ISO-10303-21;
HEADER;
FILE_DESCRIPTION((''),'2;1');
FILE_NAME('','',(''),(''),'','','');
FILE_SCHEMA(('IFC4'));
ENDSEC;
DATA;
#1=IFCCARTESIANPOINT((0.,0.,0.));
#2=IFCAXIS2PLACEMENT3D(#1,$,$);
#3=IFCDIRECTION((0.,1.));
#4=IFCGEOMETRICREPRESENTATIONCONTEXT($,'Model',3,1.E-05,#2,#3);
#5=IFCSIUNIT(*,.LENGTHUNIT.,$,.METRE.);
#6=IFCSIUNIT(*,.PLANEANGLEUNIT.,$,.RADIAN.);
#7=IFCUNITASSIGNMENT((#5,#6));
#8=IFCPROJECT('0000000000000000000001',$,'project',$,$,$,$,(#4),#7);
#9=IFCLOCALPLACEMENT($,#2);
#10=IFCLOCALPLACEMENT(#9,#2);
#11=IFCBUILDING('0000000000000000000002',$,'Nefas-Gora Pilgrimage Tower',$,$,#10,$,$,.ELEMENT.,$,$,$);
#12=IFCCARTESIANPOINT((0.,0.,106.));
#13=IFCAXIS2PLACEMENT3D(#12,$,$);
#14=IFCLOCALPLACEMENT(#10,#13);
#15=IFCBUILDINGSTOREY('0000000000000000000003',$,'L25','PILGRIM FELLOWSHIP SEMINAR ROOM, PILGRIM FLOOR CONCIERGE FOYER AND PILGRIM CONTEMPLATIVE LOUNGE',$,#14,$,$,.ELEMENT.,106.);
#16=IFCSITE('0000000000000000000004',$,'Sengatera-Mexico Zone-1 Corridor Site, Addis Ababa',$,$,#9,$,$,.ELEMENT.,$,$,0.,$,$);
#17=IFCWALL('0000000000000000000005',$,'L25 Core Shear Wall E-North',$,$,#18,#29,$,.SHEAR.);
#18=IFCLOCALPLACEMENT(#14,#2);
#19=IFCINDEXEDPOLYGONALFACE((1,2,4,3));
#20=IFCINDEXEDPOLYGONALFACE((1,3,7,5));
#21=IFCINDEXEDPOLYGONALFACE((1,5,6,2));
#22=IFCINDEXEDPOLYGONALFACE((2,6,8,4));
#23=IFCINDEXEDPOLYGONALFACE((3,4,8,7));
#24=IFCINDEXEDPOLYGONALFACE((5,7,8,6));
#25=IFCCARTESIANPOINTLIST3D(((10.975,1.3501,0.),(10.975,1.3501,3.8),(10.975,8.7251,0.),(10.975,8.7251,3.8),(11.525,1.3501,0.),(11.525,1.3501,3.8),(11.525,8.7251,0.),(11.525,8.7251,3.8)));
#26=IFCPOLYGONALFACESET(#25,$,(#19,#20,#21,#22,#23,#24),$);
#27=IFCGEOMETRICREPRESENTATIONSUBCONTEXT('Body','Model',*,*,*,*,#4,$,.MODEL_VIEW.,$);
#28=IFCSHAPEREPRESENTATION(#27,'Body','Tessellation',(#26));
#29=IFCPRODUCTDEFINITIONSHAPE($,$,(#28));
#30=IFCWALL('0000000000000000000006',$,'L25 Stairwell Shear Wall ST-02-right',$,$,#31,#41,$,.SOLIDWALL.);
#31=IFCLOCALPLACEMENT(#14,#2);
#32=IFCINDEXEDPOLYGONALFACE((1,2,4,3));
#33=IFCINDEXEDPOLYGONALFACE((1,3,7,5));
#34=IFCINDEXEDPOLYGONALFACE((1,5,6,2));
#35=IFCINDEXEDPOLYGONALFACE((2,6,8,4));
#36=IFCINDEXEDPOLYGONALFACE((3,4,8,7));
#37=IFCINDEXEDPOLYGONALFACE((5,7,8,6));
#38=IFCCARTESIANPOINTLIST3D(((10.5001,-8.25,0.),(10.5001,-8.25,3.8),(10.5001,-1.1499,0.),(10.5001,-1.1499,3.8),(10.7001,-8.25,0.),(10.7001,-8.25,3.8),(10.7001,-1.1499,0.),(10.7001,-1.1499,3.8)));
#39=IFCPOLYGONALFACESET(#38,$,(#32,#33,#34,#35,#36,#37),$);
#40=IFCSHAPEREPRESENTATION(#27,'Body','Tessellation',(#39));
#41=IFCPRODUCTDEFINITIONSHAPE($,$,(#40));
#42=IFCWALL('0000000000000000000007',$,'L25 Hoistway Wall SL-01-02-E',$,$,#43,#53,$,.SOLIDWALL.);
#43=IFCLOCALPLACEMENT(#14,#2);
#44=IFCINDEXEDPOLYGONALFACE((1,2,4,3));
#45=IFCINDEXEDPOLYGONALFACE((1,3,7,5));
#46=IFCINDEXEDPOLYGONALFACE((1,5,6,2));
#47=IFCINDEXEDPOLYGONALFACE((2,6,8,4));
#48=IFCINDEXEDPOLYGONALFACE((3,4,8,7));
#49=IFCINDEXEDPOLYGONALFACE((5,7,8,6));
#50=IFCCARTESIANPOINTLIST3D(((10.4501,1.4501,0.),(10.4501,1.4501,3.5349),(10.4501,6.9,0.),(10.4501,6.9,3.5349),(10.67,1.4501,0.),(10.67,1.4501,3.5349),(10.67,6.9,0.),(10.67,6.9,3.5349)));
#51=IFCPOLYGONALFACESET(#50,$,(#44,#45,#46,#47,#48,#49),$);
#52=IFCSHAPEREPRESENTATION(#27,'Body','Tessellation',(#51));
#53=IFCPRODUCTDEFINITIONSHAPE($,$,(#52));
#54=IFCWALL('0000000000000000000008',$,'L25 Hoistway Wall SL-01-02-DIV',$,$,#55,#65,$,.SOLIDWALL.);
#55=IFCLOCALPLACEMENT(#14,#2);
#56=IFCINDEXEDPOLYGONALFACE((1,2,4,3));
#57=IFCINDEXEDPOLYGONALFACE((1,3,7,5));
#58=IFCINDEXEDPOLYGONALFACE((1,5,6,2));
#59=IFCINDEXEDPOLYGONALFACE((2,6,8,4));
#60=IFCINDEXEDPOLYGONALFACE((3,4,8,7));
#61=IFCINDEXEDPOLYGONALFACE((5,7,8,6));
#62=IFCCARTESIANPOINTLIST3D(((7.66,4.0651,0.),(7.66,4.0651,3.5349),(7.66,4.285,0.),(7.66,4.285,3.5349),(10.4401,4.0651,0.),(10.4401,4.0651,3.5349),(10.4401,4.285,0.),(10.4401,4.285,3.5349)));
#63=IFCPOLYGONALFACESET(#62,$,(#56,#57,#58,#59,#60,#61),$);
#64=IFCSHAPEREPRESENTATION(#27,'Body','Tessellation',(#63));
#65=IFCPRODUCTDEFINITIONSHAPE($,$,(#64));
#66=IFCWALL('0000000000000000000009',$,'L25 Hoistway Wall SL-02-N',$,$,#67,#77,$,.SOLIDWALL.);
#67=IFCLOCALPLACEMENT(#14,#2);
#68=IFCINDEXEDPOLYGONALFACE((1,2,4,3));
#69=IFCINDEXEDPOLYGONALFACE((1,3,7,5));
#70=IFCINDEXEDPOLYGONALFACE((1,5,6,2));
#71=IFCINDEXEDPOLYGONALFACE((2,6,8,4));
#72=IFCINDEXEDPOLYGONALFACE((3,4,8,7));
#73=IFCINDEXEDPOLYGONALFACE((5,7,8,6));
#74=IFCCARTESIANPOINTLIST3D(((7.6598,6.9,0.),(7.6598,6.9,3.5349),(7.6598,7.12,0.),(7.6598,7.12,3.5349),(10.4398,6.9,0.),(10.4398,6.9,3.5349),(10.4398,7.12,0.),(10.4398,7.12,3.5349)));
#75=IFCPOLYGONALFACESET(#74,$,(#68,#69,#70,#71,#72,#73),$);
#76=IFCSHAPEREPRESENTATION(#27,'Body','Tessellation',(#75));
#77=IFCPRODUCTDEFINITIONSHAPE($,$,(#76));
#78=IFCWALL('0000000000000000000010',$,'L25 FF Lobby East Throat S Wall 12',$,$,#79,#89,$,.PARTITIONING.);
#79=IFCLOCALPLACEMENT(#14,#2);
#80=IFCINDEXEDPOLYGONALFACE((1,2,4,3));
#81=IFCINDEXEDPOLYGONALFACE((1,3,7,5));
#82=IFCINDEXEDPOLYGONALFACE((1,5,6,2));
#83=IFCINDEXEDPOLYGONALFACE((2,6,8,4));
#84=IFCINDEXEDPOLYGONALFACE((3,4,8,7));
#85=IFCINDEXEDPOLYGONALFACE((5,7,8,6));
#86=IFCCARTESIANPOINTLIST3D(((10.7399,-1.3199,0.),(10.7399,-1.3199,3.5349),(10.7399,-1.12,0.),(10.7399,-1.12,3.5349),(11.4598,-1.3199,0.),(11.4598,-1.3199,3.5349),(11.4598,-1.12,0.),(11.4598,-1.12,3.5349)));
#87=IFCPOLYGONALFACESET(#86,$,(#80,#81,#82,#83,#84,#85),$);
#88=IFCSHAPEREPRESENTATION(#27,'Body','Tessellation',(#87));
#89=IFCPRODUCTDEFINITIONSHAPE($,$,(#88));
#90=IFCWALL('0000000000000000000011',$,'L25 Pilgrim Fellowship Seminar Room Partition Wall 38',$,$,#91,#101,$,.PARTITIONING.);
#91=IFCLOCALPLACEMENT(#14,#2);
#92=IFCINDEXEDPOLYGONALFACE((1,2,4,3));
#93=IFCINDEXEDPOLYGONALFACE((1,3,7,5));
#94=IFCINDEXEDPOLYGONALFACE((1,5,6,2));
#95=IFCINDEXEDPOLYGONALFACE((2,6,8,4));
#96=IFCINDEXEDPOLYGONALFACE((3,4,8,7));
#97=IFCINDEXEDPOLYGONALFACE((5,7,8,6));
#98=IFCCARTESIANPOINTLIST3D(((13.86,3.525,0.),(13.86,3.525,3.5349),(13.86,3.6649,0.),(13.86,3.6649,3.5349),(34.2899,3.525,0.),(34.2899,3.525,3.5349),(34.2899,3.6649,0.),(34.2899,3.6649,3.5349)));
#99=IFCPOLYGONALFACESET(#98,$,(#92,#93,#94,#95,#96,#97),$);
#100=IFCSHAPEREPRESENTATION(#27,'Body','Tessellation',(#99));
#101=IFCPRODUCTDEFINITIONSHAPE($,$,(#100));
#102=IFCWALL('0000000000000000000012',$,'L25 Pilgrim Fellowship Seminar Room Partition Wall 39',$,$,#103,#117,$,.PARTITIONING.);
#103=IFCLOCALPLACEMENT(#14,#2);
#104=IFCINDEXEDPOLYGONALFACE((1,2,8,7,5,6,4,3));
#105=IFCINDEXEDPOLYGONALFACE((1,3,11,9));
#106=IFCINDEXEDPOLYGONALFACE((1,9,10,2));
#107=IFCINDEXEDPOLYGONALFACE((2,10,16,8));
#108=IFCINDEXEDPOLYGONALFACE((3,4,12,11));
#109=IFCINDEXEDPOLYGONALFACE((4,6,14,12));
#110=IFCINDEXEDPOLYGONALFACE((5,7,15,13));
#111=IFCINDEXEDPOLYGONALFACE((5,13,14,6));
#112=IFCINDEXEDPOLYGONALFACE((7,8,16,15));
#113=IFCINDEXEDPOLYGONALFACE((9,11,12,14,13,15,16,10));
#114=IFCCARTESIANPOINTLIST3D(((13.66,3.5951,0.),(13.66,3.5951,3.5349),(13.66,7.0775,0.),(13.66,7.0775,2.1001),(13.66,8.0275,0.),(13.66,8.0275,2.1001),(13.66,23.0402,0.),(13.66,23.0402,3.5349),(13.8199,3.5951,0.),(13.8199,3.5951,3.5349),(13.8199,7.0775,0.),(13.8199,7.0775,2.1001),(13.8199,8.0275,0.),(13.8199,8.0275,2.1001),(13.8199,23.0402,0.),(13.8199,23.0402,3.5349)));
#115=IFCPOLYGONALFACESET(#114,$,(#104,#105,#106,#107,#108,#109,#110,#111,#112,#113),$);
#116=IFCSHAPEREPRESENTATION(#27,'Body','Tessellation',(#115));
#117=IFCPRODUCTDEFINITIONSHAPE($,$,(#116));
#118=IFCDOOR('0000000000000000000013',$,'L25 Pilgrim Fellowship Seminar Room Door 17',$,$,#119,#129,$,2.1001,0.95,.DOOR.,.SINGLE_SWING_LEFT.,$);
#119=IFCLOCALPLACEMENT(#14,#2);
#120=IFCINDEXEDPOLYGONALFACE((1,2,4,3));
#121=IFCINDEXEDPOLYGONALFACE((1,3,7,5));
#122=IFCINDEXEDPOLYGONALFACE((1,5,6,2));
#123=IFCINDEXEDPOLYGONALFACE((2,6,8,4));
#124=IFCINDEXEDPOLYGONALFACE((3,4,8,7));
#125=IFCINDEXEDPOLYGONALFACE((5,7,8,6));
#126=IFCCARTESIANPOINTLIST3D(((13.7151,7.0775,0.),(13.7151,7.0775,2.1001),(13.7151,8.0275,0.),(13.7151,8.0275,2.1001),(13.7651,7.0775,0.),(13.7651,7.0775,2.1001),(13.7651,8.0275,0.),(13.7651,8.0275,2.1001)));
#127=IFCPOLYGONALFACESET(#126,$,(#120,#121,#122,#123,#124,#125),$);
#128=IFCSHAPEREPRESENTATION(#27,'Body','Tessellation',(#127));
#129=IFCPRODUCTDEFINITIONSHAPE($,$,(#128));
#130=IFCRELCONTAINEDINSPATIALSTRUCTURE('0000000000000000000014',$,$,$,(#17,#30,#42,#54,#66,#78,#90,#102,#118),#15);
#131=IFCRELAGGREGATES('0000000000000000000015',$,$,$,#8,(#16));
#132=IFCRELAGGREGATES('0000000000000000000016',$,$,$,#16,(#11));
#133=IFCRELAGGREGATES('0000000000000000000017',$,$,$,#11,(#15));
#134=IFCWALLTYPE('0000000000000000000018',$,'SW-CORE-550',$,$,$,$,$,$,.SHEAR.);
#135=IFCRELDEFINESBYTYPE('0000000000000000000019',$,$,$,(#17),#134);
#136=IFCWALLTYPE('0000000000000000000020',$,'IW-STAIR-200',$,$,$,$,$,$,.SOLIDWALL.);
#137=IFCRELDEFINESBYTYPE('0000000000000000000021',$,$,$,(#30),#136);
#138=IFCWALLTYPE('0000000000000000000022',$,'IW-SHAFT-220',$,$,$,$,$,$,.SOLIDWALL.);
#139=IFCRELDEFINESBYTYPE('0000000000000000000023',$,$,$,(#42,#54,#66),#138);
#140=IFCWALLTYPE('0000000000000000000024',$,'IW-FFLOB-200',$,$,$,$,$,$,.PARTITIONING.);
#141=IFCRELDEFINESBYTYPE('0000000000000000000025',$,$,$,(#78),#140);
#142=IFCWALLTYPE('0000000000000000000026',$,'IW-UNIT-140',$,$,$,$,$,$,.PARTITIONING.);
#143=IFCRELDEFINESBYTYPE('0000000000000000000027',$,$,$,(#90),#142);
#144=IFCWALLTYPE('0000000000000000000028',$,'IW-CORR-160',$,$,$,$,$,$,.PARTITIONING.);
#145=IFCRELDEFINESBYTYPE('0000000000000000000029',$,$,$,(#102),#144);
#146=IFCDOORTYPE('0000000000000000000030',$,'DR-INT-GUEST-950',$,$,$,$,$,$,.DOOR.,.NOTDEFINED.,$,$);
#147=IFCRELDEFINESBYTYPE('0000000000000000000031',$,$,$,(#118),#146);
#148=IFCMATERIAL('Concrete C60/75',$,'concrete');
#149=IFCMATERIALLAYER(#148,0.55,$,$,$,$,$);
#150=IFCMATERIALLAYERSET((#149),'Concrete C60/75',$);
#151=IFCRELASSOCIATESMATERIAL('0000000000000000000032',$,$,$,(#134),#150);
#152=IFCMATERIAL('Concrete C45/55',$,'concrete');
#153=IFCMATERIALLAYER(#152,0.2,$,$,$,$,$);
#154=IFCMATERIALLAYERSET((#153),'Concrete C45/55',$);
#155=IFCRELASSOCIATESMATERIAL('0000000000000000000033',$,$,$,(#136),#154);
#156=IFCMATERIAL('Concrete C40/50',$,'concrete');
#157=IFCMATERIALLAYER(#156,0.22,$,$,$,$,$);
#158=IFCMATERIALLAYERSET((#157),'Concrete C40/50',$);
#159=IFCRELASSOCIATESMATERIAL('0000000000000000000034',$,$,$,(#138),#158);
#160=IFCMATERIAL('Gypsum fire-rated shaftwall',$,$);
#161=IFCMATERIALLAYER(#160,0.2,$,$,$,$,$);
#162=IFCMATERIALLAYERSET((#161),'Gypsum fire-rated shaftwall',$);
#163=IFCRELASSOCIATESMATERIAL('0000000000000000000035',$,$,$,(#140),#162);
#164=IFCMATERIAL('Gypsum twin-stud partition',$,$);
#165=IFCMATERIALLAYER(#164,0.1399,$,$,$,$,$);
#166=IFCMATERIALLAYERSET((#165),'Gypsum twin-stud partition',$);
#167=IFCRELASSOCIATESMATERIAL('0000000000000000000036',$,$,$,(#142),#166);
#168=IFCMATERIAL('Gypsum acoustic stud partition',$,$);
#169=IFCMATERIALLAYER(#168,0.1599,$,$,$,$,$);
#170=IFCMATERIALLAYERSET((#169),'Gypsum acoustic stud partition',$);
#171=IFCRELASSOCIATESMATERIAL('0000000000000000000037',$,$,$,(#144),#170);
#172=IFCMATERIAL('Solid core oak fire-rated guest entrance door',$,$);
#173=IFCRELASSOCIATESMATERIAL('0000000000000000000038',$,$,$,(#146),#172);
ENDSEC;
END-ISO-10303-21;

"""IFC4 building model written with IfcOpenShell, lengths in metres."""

from ifc_helpers import new_model, si_unit, direction, frame, frame_2d, origin, place, context, subcontext, project, spatial, rectangle, extrude, source, transform, mapped, material, layer, layer_set, type_object, element, fill, save


model = new_model("IFC4")

# Units and contexts
model_context = context("Model", 3, precision=1e-05, world=origin(), true_north=direction((0.0, 1.0)))
body_context = subcontext(model_context, "Body", "Model", "MODEL_VIEW")
ifc_project = project(units=[si_unit("LENGTHUNIT", "METRE"), si_unit("PLANEANGLEUNIT", "RADIAN")], contexts=[model_context])

# Site, building, storey
site_placement = place(None, origin())
site = spatial("IfcSite", under=ifc_project, at=site_placement, Name="Sengatera-Mexico Zone-1 Corridor Site, Addis Ababa", CompositionType="ELEMENT", RefElevation=0.0)
building_placement = place(site_placement, origin())
building = spatial("IfcBuilding", under=site, at=building_placement, Name="Nefas-Gora Pilgrimage Tower", CompositionType="ELEMENT")
storey_placement = place(building_placement, frame((0.0, 0.0, 106.0)))
storey = spatial("IfcBuildingStorey", under=building, at=storey_placement, Name="L25", Description="PILGRIM FELLOWSHIP SEMINAR ROOM, PILGRIM FLOOR CONCIERGE FOYER AND PILGRIM CONTEMPLATIVE LOUNGE", CompositionType="ELEMENT", Elevation=106.0)

# Walls
ifc_material_1 = material(Name="Concrete C60/75", Category="concrete")
ifc_layer_1 = layer(ifc_material_1, 0.55)
ifc_layer_set_1 = layer_set([ifc_layer_1], Name="Concrete C60/75")
wall_type_1 = type_object("IfcWallType", Name="SW-CORE-550", PredefinedType="SHEAR", material=ifc_layer_set_1)
shared_shape_1 = source(origin(), body_context, "Body", "SweptSolid", [
    extrude(rectangle(XDim=7.375, YDim=0.55, at=frame_2d((3.6875, 0.0))), origin(), (0.0, 0.0, 1.0), 3.8),
])
wall_1_placement = place(storey_placement, frame((11.25, 1.3501, 0.0), z_axis=(0.0, 0.0, 1.0), x_axis=(0.0, 1.0, 0.0)))
element("IfcWall", 1, at=wall_1_placement, inside=storey, type_object=wall_type_1, Name="L25 Core Shear Wall E-North", PredefinedType="SHEAR", context=body_context, shape_type="MappedRepresentation", body=[
    mapped(shared_shape_1, transform((0.0, 0.0, 0.0), x_axis=(1.0, 0.0, 0.0), y_axis=(0.0, 1.0, 0.0), z_axis=(0.0, 0.0, 1.0), scale=1.0)),
])
ifc_material_2 = material(Name="Concrete C45/55", Category="concrete")
ifc_layer_2 = layer(ifc_material_2, 0.2)
ifc_layer_set_2 = layer_set([ifc_layer_2], Name="Concrete C45/55")
wall_type_2 = type_object("IfcWallType", Name="IW-STAIR-200", PredefinedType="SOLIDWALL", material=ifc_layer_set_2)
shared_shape_2 = source(origin(), body_context, "Body", "SweptSolid", [
    extrude(rectangle(XDim=7.1001, YDim=0.2, at=frame_2d((3.55, 0.0))), origin(), (0.0, 0.0, 1.0), 3.8),
])
wall_2_placement = place(storey_placement, frame((10.6001, -1.1499, 0.0), z_axis=(0.0, 0.0, 1.0), x_axis=(0.0, -1.0, 0.0)))
element("IfcWall", 2, at=wall_2_placement, inside=storey, type_object=wall_type_2, Name="L25 Stairwell Shear Wall ST-02-right", PredefinedType="SOLIDWALL", context=body_context, shape_type="MappedRepresentation", body=[
    mapped(shared_shape_2, transform((0.0, 0.0, 0.0), x_axis=(1.0, 0.0, 0.0), y_axis=(0.0, 1.0, 0.0), z_axis=(0.0, 0.0, 1.0), scale=1.0)),
])
ifc_material_3 = material(Name="Concrete C40/50", Category="concrete")
ifc_layer_3 = layer(ifc_material_3, 0.22)
ifc_layer_set_3 = layer_set([ifc_layer_3], Name="Concrete C40/50")
wall_type_3 = type_object("IfcWallType", Name="IW-SHAFT-220", PredefinedType="SOLIDWALL", material=ifc_layer_set_3)
shared_shape_3 = source(origin(), body_context, "Body", "SweptSolid", [
    extrude(rectangle(XDim=5.45, YDim=0.22, at=frame_2d((2.7251, 0.0))), origin(), (0.0, 0.0, 1.0), 3.5349),
])
wall_3_placement = place(storey_placement, frame((10.5601, 1.45, 0.0), z_axis=(0.0, 0.0, 1.0), x_axis=(0.0, 1.0, 0.0)))
element("IfcWall", 3, at=wall_3_placement, inside=storey, type_object=wall_type_3, Name="L25 Hoistway Wall SL-01-02-E", PredefinedType="SOLIDWALL", context=body_context, shape_type="MappedRepresentation", body=[
    mapped(shared_shape_3, transform((0.0, 0.0, 0.0), x_axis=(1.0, 0.0, 0.0), y_axis=(0.0, 1.0, 0.0), z_axis=(0.0, 0.0, 1.0), scale=1.0)),
])
shared_shape_4 = source(origin(), body_context, "Body", "SweptSolid", [
    extrude(rectangle(XDim=2.78, YDim=0.22, at=frame_2d((1.3901, 0.0))), origin(), (0.0, 0.0, 1.0), 3.5349),
])
for number, where, z_axis, x_axis, name in (
    (4, (7.6599, 4.175, 0.0), (0.0, 0.0, 1.0), (1.0, 0.0, 0.0), "L25 Hoistway Wall SL-01-02-DIV"),
    (5, (10.4399, 7.01, 0.0), (0.0, 0.0, 1.0), (-1.0, 0.0, 0.0), "L25 Hoistway Wall SL-02-N"),
):
    element("IfcWall", number, at=place(storey_placement, frame(where, z_axis=z_axis, x_axis=x_axis)), inside=storey, type_object=wall_type_3, Name=name, PredefinedType="SOLIDWALL", context=body_context, shape_type="MappedRepresentation", body=[
        mapped(shared_shape_4, transform((0.0, 0.0, 0.0), x_axis=(1.0, 0.0, 0.0), y_axis=(0.0, 1.0, 0.0), z_axis=(0.0, 0.0, 1.0), scale=1.0)),
    ])
ifc_material_4 = material(Name="Gypsum fire-rated shaftwall")
ifc_layer_4 = layer(ifc_material_4, 0.2)
ifc_layer_set_4 = layer_set([ifc_layer_4], Name="Gypsum fire-rated shaftwall")
wall_type_4 = type_object("IfcWallType", Name="IW-FFLOB-200", PredefinedType="PARTITIONING", material=ifc_layer_set_4)
shared_shape_5 = source(origin(), body_context, "Body", "SweptSolid", [
    extrude(rectangle(XDim=0.72, YDim=0.2, at=frame_2d((0.3599, 0.0))), origin(), (0.0, 0.0, 1.0), 3.5349),
])
wall_4_placement = place(storey_placement, frame((10.74, -1.22, 0.0), z_axis=(0.0, 0.0, 1.0), x_axis=(1.0, 0.0, 0.0)))
element("IfcWall", 6, at=wall_4_placement, inside=storey, type_object=wall_type_4, Name="L25 FF Lobby East Throat S Wall 12", PredefinedType="PARTITIONING", context=body_context, shape_type="MappedRepresentation", body=[
    mapped(shared_shape_5, transform((0.0, 0.0, 0.0), x_axis=(1.0, 0.0, 0.0), y_axis=(0.0, 1.0, 0.0), z_axis=(0.0, 0.0, 1.0), scale=1.0)),
])
ifc_material_5 = material(Name="Gypsum twin-stud partition")
ifc_layer_5 = layer(ifc_material_5, 0.1399)
ifc_layer_set_5 = layer_set([ifc_layer_5], Name="Gypsum twin-stud partition")
wall_type_5 = type_object("IfcWallType", Name="IW-UNIT-140", PredefinedType="PARTITIONING", material=ifc_layer_set_5)
shared_shape_6 = source(origin(), body_context, "Body", "SweptSolid", [
    extrude(rectangle(XDim=20.4299, YDim=0.1399, at=frame_2d((10.2148, 0.0))), origin(), (0.0, 0.0, 1.0), 3.5349),
])
wall_5_placement = place(storey_placement, frame((13.8601, 3.595, 0.0), z_axis=(0.0, 0.0, 1.0), x_axis=(1.0, 0.0, 0.0)))
element("IfcWall", 7, at=wall_5_placement, inside=storey, type_object=wall_type_5, Name="L25 Pilgrim Fellowship Seminar Room Partition Wall 38", PredefinedType="PARTITIONING", context=body_context, shape_type="MappedRepresentation", body=[
    mapped(shared_shape_6, transform((0.0, 0.0, 0.0), x_axis=(1.0, 0.0, 0.0), y_axis=(0.0, 1.0, 0.0), z_axis=(0.0, 0.0, 1.0), scale=1.0)),
])

# Wall, opening, door
ifc_material_6 = material(Name="Gypsum acoustic stud partition")
ifc_layer_6 = layer(ifc_material_6, 0.1599)
ifc_layer_set_6 = layer_set([ifc_layer_6], Name="Gypsum acoustic stud partition")
wall_type_6 = type_object("IfcWallType", Name="IW-CORR-160", PredefinedType="PARTITIONING", material=ifc_layer_set_6)
shared_shape_7 = source(origin(), body_context, "Body", "SweptSolid", [
    extrude(rectangle(XDim=19.4451, YDim=0.1599, at=frame_2d((9.7227, 0.0))), origin(), (0.0, 0.0, 1.0), 3.5349),
])
wall_6_placement = place(storey_placement, frame((13.74, 3.595, 0.0), z_axis=(0.0, 0.0, 1.0), x_axis=(0.0, 1.0, 0.0)))
wall_6 = element("IfcWall", 8, at=wall_6_placement, inside=storey, type_object=wall_type_6, Name="L25 Pilgrim Fellowship Seminar Room Partition Wall 39", PredefinedType="PARTITIONING", context=body_context, shape_type="MappedRepresentation", body=[
    mapped(shared_shape_7, transform((0.0, 0.0, 0.0), x_axis=(1.0, 0.0, 0.0), y_axis=(0.0, 1.0, 0.0), z_axis=(0.0, 0.0, 1.0), scale=1.0)),
])
opening_placement = place(wall_6_placement, frame((3.4824, 0.0, 0.0)))
opening = element("IfcOpeningElement", 9, at=opening_placement, cuts=wall_6, PredefinedType="OPENING", context=body_context, shape_type="SweptSolid", body=[
    extrude(rectangle(XDim=0.95, YDim=2.1001, at=frame_2d((0.4751, 1.05))), frame((0.0, 0.0898, 0.0), z_axis=(0.0, -1.0, 0.0), x_axis=(1.0, 0.0, 0.0)), (0.0, 0.0, 1.0), 0.1799),
])
ifc_material_7 = material(Name="Solid core oak fire-rated guest entrance door")
door_type = type_object("IfcDoorType", Name="DR-INT-GUEST-950", OperationType="NOTDEFINED", PredefinedType="DOOR", material=ifc_material_7)
shared_shape_8 = source(origin(), body_context, "Body", "SweptSolid", [
    extrude(rectangle(XDim=0.95, YDim=2.1001, at=frame_2d((0.4751, 1.05))), frame((0.0, 0.0249, 0.0), z_axis=(0.0, -1.0, 0.0), x_axis=(1.0, 0.0, 0.0)), (0.0, 0.0, 1.0), 0.05),
])
door_placement = place(opening_placement, origin())
door = element("IfcDoor", 10, at=door_placement, inside=storey, type_object=door_type, Name="L25 Pilgrim Fellowship Seminar Room Door 17", OperationType="SINGLE_SWING_LEFT", OverallHeight=2.1001, OverallWidth=0.95, PredefinedType="DOOR", context=body_context, shape_type="MappedRepresentation", body=[
    mapped(shared_shape_8, transform((0.0, 0.0, 0.0), x_axis=(1.0, 0.0, 0.0), y_axis=(0.0, 1.0, 0.0), z_axis=(0.0, 0.0, 1.0), scale=1.0)),
])
fill(opening, door)

save(model, "model.ifc")
